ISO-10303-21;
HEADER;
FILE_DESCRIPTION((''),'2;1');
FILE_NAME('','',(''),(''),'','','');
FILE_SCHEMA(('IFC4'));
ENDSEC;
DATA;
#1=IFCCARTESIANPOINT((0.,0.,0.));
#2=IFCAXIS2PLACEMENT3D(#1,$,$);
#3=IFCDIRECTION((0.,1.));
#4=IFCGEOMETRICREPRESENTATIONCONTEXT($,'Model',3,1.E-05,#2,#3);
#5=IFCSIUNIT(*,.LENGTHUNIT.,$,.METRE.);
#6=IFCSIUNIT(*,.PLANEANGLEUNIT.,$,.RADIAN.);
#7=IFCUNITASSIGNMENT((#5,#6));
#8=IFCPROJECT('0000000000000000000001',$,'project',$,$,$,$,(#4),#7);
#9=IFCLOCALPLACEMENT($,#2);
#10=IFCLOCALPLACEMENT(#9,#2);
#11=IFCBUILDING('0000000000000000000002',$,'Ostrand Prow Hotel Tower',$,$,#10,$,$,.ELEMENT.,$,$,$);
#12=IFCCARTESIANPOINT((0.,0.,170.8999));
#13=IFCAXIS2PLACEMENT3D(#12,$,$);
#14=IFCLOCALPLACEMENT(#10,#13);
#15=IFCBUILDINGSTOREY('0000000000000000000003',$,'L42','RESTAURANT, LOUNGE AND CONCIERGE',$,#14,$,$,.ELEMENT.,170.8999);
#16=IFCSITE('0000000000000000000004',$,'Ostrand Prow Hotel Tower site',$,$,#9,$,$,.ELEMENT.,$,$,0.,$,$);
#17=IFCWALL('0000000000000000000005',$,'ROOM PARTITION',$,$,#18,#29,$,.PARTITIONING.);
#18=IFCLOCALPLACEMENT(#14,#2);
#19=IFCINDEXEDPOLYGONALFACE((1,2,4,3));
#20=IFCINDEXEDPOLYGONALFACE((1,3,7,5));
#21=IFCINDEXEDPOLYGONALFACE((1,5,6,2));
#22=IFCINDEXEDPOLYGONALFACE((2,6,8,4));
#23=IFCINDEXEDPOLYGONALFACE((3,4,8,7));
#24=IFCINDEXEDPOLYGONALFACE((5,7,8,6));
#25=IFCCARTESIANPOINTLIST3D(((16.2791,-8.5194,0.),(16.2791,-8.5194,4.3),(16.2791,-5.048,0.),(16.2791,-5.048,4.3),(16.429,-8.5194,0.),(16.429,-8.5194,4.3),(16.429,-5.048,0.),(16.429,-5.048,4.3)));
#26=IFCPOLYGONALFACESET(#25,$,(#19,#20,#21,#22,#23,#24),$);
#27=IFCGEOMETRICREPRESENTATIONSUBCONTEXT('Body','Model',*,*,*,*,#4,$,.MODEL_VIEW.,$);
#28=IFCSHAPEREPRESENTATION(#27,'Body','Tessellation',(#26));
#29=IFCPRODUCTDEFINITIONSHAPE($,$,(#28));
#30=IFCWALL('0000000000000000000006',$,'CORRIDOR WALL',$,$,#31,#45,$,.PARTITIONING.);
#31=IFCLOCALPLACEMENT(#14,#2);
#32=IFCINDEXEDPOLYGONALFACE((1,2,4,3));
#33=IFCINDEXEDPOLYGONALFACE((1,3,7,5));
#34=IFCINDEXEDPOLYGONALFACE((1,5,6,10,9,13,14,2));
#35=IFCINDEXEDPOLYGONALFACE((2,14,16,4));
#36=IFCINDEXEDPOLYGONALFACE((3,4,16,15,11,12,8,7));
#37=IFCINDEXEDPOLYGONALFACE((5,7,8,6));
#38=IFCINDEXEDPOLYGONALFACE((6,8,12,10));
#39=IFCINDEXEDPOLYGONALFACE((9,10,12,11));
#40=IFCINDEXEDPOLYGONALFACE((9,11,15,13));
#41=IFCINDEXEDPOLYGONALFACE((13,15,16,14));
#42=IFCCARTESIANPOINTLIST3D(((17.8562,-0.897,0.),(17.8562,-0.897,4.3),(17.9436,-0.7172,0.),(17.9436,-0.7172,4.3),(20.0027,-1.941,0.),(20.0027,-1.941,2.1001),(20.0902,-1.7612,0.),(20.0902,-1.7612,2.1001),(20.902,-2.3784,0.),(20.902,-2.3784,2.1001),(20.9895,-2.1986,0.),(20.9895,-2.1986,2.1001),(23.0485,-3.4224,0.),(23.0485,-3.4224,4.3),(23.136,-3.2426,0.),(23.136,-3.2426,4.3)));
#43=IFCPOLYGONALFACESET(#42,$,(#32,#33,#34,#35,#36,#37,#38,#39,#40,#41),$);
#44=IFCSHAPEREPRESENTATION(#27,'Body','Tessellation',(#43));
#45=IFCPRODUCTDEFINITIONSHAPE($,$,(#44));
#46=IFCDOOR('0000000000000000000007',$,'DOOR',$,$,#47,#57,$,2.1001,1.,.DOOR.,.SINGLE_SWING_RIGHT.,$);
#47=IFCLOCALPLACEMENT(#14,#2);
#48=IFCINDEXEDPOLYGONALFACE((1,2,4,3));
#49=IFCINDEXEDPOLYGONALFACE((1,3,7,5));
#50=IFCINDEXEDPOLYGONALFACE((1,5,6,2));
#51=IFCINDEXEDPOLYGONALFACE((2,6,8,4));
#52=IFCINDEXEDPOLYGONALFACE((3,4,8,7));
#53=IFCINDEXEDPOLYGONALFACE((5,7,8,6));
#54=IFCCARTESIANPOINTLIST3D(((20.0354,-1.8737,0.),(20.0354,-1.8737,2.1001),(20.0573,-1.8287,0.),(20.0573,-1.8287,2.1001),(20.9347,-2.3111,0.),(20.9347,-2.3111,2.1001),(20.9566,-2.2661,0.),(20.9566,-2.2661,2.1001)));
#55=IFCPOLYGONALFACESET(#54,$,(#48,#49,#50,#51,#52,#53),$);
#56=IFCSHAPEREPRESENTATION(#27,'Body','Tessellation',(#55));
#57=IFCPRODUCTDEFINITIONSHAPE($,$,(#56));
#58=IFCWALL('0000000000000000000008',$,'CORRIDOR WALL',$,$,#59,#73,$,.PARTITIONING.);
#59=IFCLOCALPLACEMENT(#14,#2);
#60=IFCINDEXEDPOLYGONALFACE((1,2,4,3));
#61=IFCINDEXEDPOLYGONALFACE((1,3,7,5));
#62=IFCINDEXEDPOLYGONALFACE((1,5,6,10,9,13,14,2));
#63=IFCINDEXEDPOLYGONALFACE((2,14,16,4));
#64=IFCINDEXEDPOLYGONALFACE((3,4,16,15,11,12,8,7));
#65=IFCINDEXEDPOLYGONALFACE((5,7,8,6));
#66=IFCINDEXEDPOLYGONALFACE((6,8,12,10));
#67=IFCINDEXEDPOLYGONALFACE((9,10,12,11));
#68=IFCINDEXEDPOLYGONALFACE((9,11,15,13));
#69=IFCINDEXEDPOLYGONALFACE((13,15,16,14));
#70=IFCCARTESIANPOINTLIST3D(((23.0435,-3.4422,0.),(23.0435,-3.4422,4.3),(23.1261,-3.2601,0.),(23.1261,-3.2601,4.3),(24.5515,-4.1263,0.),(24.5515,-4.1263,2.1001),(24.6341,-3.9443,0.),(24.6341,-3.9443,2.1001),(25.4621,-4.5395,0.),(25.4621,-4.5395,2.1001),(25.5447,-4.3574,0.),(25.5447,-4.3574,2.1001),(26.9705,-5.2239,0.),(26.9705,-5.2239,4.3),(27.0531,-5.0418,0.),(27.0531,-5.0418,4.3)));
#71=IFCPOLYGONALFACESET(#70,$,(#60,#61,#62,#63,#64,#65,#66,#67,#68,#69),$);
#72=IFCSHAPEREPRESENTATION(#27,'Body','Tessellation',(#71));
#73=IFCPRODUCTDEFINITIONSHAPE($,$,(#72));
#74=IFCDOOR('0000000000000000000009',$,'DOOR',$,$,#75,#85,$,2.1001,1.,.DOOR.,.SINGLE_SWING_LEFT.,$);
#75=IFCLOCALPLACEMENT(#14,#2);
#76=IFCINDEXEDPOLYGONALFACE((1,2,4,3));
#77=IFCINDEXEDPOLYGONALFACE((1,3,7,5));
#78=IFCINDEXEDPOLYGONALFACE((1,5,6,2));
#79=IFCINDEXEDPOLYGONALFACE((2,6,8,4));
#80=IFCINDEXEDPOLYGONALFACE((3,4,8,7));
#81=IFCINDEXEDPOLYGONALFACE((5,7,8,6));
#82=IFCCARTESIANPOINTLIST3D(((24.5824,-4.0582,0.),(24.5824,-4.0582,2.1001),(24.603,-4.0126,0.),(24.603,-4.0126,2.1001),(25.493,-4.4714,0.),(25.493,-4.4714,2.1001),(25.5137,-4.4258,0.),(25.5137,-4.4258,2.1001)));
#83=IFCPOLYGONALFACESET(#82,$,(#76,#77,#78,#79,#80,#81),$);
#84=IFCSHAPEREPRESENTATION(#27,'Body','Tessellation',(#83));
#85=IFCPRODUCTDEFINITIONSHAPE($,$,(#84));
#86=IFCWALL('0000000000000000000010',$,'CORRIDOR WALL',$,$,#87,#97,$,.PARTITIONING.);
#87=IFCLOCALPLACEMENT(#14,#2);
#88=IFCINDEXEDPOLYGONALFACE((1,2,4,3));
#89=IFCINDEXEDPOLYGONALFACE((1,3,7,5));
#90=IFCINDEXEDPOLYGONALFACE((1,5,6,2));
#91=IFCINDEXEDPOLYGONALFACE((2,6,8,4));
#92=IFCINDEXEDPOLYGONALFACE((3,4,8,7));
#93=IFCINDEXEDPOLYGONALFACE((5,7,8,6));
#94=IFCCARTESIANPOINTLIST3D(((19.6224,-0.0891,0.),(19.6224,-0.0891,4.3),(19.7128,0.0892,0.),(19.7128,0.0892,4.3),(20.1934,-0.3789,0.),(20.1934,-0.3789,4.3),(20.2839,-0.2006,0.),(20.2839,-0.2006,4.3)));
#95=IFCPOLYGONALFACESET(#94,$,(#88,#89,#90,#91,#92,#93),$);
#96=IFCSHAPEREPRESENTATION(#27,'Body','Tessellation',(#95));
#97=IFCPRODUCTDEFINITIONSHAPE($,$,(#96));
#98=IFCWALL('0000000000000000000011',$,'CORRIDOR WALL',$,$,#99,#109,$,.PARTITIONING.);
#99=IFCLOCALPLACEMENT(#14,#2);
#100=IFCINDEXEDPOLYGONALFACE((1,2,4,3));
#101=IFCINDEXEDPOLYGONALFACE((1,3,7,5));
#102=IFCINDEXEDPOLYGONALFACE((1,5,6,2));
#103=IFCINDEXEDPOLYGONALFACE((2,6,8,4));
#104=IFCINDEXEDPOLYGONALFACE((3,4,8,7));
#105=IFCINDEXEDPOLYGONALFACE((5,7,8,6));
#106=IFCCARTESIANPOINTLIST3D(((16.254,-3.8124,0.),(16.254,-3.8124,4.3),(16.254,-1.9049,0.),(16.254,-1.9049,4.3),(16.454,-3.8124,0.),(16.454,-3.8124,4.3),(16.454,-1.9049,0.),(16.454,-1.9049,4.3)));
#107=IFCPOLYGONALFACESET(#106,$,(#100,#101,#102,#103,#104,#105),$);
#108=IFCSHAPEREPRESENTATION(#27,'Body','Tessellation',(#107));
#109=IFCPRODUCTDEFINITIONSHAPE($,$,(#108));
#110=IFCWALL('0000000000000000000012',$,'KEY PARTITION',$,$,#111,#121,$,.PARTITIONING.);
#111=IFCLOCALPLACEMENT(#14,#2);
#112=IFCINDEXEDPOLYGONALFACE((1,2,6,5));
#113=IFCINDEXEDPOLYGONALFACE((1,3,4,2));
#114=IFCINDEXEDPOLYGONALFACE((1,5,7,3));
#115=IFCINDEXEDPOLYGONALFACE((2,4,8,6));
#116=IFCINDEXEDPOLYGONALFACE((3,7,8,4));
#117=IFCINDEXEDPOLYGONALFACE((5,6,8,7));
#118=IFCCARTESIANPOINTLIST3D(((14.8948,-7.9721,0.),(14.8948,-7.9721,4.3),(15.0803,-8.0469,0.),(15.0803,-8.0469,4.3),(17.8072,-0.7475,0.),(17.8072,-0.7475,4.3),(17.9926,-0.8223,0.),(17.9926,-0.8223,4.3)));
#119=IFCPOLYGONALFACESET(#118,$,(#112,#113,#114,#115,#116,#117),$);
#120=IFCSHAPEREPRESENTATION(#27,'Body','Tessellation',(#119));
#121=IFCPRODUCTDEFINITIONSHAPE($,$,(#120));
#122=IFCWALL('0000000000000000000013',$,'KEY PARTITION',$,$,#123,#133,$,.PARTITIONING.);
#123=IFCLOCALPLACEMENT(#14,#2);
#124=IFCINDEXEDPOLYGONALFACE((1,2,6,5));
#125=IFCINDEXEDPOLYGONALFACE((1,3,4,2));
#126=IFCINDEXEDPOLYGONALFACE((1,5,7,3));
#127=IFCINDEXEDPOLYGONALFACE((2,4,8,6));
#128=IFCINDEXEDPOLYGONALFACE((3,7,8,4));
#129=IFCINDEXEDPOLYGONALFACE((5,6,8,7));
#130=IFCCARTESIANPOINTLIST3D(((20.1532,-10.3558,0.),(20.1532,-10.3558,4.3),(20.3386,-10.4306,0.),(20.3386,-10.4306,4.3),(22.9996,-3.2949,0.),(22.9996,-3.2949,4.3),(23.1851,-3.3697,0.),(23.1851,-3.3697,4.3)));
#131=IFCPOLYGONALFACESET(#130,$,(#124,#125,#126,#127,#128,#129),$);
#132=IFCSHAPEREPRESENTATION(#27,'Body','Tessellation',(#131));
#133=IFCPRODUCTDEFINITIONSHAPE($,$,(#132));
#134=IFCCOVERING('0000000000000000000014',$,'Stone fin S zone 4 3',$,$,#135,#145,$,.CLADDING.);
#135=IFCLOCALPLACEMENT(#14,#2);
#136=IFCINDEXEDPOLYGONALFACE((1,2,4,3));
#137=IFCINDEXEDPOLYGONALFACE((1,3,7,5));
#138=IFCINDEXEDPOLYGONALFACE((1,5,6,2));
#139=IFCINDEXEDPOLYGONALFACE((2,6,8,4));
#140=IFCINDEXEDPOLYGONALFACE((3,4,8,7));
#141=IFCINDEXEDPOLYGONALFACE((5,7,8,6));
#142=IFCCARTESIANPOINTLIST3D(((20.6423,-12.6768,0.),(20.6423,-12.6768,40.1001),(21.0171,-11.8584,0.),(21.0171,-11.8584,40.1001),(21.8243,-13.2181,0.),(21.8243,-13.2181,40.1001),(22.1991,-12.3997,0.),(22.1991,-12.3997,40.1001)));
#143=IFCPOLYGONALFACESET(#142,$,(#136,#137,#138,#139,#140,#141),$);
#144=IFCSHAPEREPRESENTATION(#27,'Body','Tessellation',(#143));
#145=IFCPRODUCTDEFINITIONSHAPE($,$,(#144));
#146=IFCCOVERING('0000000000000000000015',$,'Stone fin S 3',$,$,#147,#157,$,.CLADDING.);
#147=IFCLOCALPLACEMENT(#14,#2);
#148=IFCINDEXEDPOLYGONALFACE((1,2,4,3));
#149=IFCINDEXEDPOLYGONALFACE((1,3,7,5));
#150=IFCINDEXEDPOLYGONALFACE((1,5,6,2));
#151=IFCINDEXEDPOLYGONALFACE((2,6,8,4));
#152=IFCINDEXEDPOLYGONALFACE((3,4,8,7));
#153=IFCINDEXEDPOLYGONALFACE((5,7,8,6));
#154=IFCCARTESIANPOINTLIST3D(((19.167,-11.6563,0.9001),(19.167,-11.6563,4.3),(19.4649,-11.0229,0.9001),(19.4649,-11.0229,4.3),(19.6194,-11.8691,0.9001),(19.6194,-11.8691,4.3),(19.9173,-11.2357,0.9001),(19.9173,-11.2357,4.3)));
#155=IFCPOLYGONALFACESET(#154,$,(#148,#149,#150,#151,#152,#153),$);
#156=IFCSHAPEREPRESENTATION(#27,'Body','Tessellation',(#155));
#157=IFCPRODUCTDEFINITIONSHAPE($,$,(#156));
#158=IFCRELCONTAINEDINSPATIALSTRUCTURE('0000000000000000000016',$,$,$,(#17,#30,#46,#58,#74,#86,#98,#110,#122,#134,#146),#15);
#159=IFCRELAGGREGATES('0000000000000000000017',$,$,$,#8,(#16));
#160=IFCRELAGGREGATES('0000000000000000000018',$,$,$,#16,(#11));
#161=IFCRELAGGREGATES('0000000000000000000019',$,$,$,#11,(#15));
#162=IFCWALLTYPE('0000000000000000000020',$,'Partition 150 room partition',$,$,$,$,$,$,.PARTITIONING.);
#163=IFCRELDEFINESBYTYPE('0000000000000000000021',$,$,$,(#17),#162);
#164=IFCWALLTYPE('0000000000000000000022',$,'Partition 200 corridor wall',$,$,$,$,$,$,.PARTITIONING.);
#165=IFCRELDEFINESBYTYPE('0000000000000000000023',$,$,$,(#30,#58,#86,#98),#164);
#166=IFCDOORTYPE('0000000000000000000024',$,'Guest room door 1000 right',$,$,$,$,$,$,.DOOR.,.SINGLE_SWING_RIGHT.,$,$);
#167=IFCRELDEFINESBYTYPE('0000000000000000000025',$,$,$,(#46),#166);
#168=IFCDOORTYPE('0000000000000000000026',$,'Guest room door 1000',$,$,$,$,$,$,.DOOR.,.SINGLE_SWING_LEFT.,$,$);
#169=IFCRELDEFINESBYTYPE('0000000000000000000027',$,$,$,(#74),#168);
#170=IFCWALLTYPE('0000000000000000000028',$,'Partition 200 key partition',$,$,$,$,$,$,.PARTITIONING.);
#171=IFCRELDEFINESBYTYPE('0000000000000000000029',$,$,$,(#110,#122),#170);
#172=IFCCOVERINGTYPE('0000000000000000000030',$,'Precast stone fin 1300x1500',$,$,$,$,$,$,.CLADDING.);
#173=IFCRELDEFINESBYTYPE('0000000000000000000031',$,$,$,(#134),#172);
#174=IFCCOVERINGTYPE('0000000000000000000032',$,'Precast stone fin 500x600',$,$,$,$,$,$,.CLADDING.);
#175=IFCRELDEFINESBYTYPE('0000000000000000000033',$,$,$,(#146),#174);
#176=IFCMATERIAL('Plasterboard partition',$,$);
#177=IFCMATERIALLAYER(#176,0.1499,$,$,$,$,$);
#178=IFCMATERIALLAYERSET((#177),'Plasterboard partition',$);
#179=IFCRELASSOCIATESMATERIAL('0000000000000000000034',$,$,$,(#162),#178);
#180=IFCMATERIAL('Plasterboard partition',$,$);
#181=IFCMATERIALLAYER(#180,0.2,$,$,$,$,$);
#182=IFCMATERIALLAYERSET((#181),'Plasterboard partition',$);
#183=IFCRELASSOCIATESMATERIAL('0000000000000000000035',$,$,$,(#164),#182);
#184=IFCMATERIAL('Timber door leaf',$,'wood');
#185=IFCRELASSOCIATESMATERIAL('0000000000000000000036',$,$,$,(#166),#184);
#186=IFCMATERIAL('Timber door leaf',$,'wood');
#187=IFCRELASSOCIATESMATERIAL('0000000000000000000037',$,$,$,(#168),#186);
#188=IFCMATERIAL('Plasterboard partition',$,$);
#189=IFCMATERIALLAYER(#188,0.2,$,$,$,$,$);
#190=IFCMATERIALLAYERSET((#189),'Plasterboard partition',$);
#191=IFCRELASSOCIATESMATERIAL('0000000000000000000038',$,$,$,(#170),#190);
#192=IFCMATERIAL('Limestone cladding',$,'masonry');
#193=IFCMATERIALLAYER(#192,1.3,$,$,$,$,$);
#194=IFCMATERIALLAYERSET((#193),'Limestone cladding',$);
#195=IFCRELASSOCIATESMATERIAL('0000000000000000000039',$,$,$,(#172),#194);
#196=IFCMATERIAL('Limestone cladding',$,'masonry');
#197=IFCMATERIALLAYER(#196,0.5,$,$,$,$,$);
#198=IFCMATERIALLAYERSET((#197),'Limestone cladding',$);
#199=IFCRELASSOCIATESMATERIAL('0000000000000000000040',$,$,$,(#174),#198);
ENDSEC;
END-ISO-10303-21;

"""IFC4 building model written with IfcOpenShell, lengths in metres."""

from ifc_helpers import new_model, si_unit, direction, frame, frame_2d, origin, place, context, subcontext, project, spatial, rectangle, extrude, material, layer, layer_set, type_object, element, fill, save


model = new_model("IFC4")

# Units and contexts
model_context = context("Model", 3, precision=1e-05, world=origin(), true_north=direction((0.0, 1.0)))
body_context = subcontext(model_context, "Body", "Model", "MODEL_VIEW")
ifc_project = project(units=[si_unit("LENGTHUNIT", "METRE"), si_unit("PLANEANGLEUNIT", "RADIAN")], contexts=[model_context])

# Site, building, storey
site_placement = place(None, origin())
site = spatial("IfcSite", under=ifc_project, at=site_placement, Name="Ostrand Prow Hotel Tower site", CompositionType="ELEMENT", RefElevation=0.0)
building_placement = place(site_placement, origin())
building = spatial("IfcBuilding", under=site, at=building_placement, Name="Ostrand Prow Hotel Tower", CompositionType="ELEMENT")
storey_placement = place(building_placement, frame((0.0, 0.0, 170.8999)))
storey = spatial("IfcBuildingStorey", under=building, at=storey_placement, Name="L42", Description="RESTAURANT, LOUNGE AND CONCIERGE", CompositionType="ELEMENT", Elevation=170.8999)

# Wall
ifc_material_1 = material(Name="Plasterboard partition")
ifc_layer_1 = layer(ifc_material_1, 0.1499)
ifc_layer_set_1 = layer_set([ifc_layer_1], Name="Plasterboard partition")
wall_type_1 = type_object("IfcWallType", Name="Partition 150 room partition", PredefinedType="PARTITIONING", material=ifc_layer_set_1)
wall_1_placement = place(storey_placement, frame((16.354, -5.0479, 0.0), z_axis=(0.0, 0.0, 1.0), x_axis=(0.0, -1.0, 0.0)))
element("IfcWall", 1, at=wall_1_placement, inside=storey, type_object=wall_type_1, Name="ROOM PARTITION", PredefinedType="PARTITIONING", context=body_context, shape_type="SweptSolid", body=[
    extrude(rectangle(XDim=3.4714, YDim=0.1499, at=frame_2d((1.7358, 0.0))), origin(), (0.0, 0.0, 1.0), 4.3),
])

# Walls, openings, doors
ifc_material_2 = material(Name="Plasterboard partition")
ifc_layer_2 = layer(ifc_material_2, 0.2)
ifc_layer_set_2 = layer_set([ifc_layer_2], Name="Plasterboard partition")
wall_type_2 = type_object("IfcWallType", Name="Partition 200 corridor wall", PredefinedType="PARTITIONING", material=ifc_layer_set_2)
wall_2_placement = place(storey_placement, frame((17.8999, -0.8071, 0.0), z_axis=(0.0, 0.0, 1.0), x_axis=(0.899278, -0.437377, 0.0)))
wall_2 = element("IfcWall", 2, at=wall_2_placement, inside=storey, type_object=wall_type_2, Name="CORRIDOR WALL", PredefinedType="PARTITIONING", context=body_context, shape_type="SweptSolid", body=[
    extrude(rectangle(XDim=5.7739, YDim=0.2, at=frame_2d((2.887, 0.0))), origin(), (0.0, 0.0, 1.0), 4.3),
])
opening_1_placement = place(wall_2_placement, frame((2.387, 0.0, 0.0)))
opening_1 = element("IfcOpeningElement", 3, at=opening_1_placement, cuts=wall_2, PredefinedType="OPENING", context=body_context, shape_type="SweptSolid", body=[
    extrude(rectangle(XDim=1.0, YDim=2.1001, at=frame_2d((0.5, 1.05))), frame((0.0, 0.1099, 0.0), z_axis=(0.0, -1.0, 0.0), x_axis=(1.0, 0.0, 0.0)), (0.0, 0.0, 1.0), 0.22),
])
ifc_material_3 = material(Name="Timber door leaf", Category="wood")
door_type_1 = type_object("IfcDoorType", Name="Guest room door 1000 right", OperationType="SINGLE_SWING_RIGHT", PredefinedType="DOOR", material=ifc_material_3)
door_1_placement = place(opening_1_placement, origin())
door_1 = element("IfcDoor", 4, at=door_1_placement, inside=storey, type_object=door_type_1, Name="DOOR", OperationType="SINGLE_SWING_RIGHT", OverallHeight=2.1001, OverallWidth=1.0, PredefinedType="DOOR", context=body_context, shape_type="SweptSolid", body=[
    extrude(rectangle(XDim=1.0, YDim=2.1001, at=frame_2d((0.5, 1.05))), frame((0.0, 0.0249, 0.0), z_axis=(0.0, -1.0, 0.0), x_axis=(1.0, 0.0, 0.0)), (0.0, 0.0, 1.0), 0.05),
])
fill(opening_1, door_1)
wall_3_placement = place(storey_placement, frame((23.0847, -3.3511, 0.0), z_axis=(0.0, 0.0, 1.0), x_axis=(0.910651, -0.413176, 0.0)))
wall_3 = element("IfcWall", 5, at=wall_3_placement, inside=storey, type_object=wall_type_2, Name="CORRIDOR WALL", PredefinedType="PARTITIONING", context=body_context, shape_type="SweptSolid", body=[
    extrude(rectangle(XDim=4.3123, YDim=0.2, at=frame_2d((2.1562, 0.0))), origin(), (0.0, 0.0, 1.0), 4.3),
])
opening_2_placement = place(wall_3_placement, frame((1.656, 0.0, 0.0)))
opening_2 = element("IfcOpeningElement", 6, at=opening_2_placement, cuts=wall_3, PredefinedType="OPENING", context=body_context, shape_type="SweptSolid", body=[
    extrude(rectangle(XDim=1.0, YDim=2.1001, at=frame_2d((0.5, 1.05))), frame((0.0, 0.1099, 0.0), z_axis=(0.0, -1.0, 0.0), x_axis=(1.0, 0.0, 0.0)), (0.0, 0.0, 1.0), 0.22),
])
ifc_material_4 = material(Name="Timber door leaf", Category="wood")
door_type_2 = type_object("IfcDoorType", Name="Guest room door 1000", OperationType="SINGLE_SWING_LEFT", PredefinedType="DOOR", material=ifc_material_4)
door_2_placement = place(opening_2_placement, origin())
door_2 = element("IfcDoor", 7, at=door_2_placement, inside=storey, type_object=door_type_2, Name="DOOR", OperationType="SINGLE_SWING_LEFT", OverallHeight=2.1001, OverallWidth=1.0, PredefinedType="DOOR", context=body_context, shape_type="SweptSolid", body=[
    extrude(rectangle(XDim=1.0, YDim=2.1001, at=frame_2d((0.5, 1.05))), frame((0.0, 0.0249, 0.0), z_axis=(0.0, -1.0, 0.0), x_axis=(1.0, 0.0, 0.0)), (0.0, 0.0, 1.0), 0.05),
])
fill(opening_2, door_2)

# Walls
wall_4_placement = place(storey_placement, frame((20.2388, -0.2898, 0.0), z_axis=(0.0, 0.0, 1.0), x_axis=(-0.891743, 0.452543, 0.0)))
element("IfcWall", 8, at=wall_4_placement, inside=storey, type_object=wall_type_2, Name="CORRIDOR WALL", PredefinedType="PARTITIONING", context=body_context, shape_type="SweptSolid", body=[
    extrude(rectangle(XDim=0.6404, YDim=0.2, at=frame_2d((0.3203, 0.0))), origin(), (0.0, 0.0, 1.0), 4.3),
])
wall_5_placement = place(storey_placement, frame((16.354, -1.905, 0.0), z_axis=(0.0, 0.0, 1.0), x_axis=(0.0, -1.0, 0.0)))
element("IfcWall", 9, at=wall_5_placement, inside=storey, type_object=wall_type_2, Name="CORRIDOR WALL", PredefinedType="PARTITIONING", context=body_context, shape_type="SweptSolid", body=[
    extrude(rectangle(XDim=1.9075, YDim=0.2, at=frame_2d((0.9536, 0.0))), origin(), (0.0, 0.0, 1.0), 4.3),
])
ifc_material_5 = material(Name="Plasterboard partition")
ifc_layer_3 = layer(ifc_material_5, 0.2)
ifc_layer_set_3 = layer_set([ifc_layer_3], Name="Plasterboard partition")
wall_type_3 = type_object("IfcWallType", Name="Partition 200 key partition", PredefinedType="PARTITIONING", material=ifc_layer_set_3)
wall_6_placement = place(storey_placement, frame((14.9875, -8.0095, 0.0), z_axis=(0.0, 0.0, 1.0), x_axis=(0.373881, 0.927477, 0.0)))
element("IfcWall", 10, at=wall_6_placement, inside=storey, type_object=wall_type_3, Name="KEY PARTITION", PredefinedType="PARTITIONING", context=body_context, shape_type="SweptSolid", body=[
    extrude(rectangle(XDim=7.7896, YDim=0.2, at=frame_2d((3.8948, 0.0))), origin(), (0.0, 0.0, 1.0), 4.3),
])
wall_7_placement = place(storey_placement, frame((20.2458, -10.3933, 0.0), z_axis=(0.0, 0.0, 1.0), x_axis=(0.373894, 0.927471, 0.0)))
element("IfcWall", 11, at=wall_7_placement, inside=storey, type_object=wall_type_3, Name="KEY PARTITION", PredefinedType="PARTITIONING", context=body_context, shape_type="SweptSolid", body=[
    extrude(rectangle(XDim=7.613, YDim=0.2, at=frame_2d((3.8066, 0.0))), origin(), (0.0, 0.0, 1.0), 4.3),
])

# Coverings
ifc_material_6 = material(Name="Limestone cladding", Category="masonry")
ifc_layer_4 = layer(ifc_material_6, 1.3)
ifc_layer_set_4 = layer_set([ifc_layer_4], Name="Limestone cladding")
covering_type_1 = type_object("IfcCoveringType", Name="Precast stone fin 1300x1500", PredefinedType="CLADDING", material=ifc_layer_set_4)
covering_1_placement = place(storey_placement, frame((21.6082, -12.1289, 0.0), z_axis=(0.0, 0.0, 1.0), x_axis=(-0.416356, -0.909202, 0.0)))
element("IfcCovering", 12, at=covering_1_placement, inside=storey, type_object=covering_type_1, Name="Stone fin S zone 4 3", PredefinedType="CLADDING", context=body_context, shape_type="SweptSolid", body=[
    extrude(rectangle(XDim=0.9001, YDim=1.3, at=frame_2d((0.4502, 0.0))), origin(), (0.0, 0.0, 1.0), 40.1001),
])
ifc_material_7 = material(Name="Limestone cladding", Category="masonry")
ifc_layer_5 = layer(ifc_material_7, 0.5)
ifc_layer_set_5 = layer_set([ifc_layer_5], Name="Limestone cladding")
covering_type_2 = type_object("IfcCoveringType", Name="Precast stone fin 500x600", PredefinedType="CLADDING", material=ifc_layer_set_5)
covering_2_placement = place(storey_placement, frame((19.6912, -11.1292, 0.9001), z_axis=(0.0, 0.0, 1.0), x_axis=(-0.425595, -0.904914, 0.0)))
element("IfcCovering", 13, at=covering_2_placement, inside=storey, type_object=covering_type_2, Name="Stone fin S 3", PredefinedType="CLADDING", context=body_context, shape_type="SweptSolid", body=[
    extrude(rectangle(XDim=0.7, YDim=0.5, at=frame_2d((0.3501, 0.0))), origin(), (0.0, 0.0, 1.0), 3.3999),
])

save(model, "model.ifc")
